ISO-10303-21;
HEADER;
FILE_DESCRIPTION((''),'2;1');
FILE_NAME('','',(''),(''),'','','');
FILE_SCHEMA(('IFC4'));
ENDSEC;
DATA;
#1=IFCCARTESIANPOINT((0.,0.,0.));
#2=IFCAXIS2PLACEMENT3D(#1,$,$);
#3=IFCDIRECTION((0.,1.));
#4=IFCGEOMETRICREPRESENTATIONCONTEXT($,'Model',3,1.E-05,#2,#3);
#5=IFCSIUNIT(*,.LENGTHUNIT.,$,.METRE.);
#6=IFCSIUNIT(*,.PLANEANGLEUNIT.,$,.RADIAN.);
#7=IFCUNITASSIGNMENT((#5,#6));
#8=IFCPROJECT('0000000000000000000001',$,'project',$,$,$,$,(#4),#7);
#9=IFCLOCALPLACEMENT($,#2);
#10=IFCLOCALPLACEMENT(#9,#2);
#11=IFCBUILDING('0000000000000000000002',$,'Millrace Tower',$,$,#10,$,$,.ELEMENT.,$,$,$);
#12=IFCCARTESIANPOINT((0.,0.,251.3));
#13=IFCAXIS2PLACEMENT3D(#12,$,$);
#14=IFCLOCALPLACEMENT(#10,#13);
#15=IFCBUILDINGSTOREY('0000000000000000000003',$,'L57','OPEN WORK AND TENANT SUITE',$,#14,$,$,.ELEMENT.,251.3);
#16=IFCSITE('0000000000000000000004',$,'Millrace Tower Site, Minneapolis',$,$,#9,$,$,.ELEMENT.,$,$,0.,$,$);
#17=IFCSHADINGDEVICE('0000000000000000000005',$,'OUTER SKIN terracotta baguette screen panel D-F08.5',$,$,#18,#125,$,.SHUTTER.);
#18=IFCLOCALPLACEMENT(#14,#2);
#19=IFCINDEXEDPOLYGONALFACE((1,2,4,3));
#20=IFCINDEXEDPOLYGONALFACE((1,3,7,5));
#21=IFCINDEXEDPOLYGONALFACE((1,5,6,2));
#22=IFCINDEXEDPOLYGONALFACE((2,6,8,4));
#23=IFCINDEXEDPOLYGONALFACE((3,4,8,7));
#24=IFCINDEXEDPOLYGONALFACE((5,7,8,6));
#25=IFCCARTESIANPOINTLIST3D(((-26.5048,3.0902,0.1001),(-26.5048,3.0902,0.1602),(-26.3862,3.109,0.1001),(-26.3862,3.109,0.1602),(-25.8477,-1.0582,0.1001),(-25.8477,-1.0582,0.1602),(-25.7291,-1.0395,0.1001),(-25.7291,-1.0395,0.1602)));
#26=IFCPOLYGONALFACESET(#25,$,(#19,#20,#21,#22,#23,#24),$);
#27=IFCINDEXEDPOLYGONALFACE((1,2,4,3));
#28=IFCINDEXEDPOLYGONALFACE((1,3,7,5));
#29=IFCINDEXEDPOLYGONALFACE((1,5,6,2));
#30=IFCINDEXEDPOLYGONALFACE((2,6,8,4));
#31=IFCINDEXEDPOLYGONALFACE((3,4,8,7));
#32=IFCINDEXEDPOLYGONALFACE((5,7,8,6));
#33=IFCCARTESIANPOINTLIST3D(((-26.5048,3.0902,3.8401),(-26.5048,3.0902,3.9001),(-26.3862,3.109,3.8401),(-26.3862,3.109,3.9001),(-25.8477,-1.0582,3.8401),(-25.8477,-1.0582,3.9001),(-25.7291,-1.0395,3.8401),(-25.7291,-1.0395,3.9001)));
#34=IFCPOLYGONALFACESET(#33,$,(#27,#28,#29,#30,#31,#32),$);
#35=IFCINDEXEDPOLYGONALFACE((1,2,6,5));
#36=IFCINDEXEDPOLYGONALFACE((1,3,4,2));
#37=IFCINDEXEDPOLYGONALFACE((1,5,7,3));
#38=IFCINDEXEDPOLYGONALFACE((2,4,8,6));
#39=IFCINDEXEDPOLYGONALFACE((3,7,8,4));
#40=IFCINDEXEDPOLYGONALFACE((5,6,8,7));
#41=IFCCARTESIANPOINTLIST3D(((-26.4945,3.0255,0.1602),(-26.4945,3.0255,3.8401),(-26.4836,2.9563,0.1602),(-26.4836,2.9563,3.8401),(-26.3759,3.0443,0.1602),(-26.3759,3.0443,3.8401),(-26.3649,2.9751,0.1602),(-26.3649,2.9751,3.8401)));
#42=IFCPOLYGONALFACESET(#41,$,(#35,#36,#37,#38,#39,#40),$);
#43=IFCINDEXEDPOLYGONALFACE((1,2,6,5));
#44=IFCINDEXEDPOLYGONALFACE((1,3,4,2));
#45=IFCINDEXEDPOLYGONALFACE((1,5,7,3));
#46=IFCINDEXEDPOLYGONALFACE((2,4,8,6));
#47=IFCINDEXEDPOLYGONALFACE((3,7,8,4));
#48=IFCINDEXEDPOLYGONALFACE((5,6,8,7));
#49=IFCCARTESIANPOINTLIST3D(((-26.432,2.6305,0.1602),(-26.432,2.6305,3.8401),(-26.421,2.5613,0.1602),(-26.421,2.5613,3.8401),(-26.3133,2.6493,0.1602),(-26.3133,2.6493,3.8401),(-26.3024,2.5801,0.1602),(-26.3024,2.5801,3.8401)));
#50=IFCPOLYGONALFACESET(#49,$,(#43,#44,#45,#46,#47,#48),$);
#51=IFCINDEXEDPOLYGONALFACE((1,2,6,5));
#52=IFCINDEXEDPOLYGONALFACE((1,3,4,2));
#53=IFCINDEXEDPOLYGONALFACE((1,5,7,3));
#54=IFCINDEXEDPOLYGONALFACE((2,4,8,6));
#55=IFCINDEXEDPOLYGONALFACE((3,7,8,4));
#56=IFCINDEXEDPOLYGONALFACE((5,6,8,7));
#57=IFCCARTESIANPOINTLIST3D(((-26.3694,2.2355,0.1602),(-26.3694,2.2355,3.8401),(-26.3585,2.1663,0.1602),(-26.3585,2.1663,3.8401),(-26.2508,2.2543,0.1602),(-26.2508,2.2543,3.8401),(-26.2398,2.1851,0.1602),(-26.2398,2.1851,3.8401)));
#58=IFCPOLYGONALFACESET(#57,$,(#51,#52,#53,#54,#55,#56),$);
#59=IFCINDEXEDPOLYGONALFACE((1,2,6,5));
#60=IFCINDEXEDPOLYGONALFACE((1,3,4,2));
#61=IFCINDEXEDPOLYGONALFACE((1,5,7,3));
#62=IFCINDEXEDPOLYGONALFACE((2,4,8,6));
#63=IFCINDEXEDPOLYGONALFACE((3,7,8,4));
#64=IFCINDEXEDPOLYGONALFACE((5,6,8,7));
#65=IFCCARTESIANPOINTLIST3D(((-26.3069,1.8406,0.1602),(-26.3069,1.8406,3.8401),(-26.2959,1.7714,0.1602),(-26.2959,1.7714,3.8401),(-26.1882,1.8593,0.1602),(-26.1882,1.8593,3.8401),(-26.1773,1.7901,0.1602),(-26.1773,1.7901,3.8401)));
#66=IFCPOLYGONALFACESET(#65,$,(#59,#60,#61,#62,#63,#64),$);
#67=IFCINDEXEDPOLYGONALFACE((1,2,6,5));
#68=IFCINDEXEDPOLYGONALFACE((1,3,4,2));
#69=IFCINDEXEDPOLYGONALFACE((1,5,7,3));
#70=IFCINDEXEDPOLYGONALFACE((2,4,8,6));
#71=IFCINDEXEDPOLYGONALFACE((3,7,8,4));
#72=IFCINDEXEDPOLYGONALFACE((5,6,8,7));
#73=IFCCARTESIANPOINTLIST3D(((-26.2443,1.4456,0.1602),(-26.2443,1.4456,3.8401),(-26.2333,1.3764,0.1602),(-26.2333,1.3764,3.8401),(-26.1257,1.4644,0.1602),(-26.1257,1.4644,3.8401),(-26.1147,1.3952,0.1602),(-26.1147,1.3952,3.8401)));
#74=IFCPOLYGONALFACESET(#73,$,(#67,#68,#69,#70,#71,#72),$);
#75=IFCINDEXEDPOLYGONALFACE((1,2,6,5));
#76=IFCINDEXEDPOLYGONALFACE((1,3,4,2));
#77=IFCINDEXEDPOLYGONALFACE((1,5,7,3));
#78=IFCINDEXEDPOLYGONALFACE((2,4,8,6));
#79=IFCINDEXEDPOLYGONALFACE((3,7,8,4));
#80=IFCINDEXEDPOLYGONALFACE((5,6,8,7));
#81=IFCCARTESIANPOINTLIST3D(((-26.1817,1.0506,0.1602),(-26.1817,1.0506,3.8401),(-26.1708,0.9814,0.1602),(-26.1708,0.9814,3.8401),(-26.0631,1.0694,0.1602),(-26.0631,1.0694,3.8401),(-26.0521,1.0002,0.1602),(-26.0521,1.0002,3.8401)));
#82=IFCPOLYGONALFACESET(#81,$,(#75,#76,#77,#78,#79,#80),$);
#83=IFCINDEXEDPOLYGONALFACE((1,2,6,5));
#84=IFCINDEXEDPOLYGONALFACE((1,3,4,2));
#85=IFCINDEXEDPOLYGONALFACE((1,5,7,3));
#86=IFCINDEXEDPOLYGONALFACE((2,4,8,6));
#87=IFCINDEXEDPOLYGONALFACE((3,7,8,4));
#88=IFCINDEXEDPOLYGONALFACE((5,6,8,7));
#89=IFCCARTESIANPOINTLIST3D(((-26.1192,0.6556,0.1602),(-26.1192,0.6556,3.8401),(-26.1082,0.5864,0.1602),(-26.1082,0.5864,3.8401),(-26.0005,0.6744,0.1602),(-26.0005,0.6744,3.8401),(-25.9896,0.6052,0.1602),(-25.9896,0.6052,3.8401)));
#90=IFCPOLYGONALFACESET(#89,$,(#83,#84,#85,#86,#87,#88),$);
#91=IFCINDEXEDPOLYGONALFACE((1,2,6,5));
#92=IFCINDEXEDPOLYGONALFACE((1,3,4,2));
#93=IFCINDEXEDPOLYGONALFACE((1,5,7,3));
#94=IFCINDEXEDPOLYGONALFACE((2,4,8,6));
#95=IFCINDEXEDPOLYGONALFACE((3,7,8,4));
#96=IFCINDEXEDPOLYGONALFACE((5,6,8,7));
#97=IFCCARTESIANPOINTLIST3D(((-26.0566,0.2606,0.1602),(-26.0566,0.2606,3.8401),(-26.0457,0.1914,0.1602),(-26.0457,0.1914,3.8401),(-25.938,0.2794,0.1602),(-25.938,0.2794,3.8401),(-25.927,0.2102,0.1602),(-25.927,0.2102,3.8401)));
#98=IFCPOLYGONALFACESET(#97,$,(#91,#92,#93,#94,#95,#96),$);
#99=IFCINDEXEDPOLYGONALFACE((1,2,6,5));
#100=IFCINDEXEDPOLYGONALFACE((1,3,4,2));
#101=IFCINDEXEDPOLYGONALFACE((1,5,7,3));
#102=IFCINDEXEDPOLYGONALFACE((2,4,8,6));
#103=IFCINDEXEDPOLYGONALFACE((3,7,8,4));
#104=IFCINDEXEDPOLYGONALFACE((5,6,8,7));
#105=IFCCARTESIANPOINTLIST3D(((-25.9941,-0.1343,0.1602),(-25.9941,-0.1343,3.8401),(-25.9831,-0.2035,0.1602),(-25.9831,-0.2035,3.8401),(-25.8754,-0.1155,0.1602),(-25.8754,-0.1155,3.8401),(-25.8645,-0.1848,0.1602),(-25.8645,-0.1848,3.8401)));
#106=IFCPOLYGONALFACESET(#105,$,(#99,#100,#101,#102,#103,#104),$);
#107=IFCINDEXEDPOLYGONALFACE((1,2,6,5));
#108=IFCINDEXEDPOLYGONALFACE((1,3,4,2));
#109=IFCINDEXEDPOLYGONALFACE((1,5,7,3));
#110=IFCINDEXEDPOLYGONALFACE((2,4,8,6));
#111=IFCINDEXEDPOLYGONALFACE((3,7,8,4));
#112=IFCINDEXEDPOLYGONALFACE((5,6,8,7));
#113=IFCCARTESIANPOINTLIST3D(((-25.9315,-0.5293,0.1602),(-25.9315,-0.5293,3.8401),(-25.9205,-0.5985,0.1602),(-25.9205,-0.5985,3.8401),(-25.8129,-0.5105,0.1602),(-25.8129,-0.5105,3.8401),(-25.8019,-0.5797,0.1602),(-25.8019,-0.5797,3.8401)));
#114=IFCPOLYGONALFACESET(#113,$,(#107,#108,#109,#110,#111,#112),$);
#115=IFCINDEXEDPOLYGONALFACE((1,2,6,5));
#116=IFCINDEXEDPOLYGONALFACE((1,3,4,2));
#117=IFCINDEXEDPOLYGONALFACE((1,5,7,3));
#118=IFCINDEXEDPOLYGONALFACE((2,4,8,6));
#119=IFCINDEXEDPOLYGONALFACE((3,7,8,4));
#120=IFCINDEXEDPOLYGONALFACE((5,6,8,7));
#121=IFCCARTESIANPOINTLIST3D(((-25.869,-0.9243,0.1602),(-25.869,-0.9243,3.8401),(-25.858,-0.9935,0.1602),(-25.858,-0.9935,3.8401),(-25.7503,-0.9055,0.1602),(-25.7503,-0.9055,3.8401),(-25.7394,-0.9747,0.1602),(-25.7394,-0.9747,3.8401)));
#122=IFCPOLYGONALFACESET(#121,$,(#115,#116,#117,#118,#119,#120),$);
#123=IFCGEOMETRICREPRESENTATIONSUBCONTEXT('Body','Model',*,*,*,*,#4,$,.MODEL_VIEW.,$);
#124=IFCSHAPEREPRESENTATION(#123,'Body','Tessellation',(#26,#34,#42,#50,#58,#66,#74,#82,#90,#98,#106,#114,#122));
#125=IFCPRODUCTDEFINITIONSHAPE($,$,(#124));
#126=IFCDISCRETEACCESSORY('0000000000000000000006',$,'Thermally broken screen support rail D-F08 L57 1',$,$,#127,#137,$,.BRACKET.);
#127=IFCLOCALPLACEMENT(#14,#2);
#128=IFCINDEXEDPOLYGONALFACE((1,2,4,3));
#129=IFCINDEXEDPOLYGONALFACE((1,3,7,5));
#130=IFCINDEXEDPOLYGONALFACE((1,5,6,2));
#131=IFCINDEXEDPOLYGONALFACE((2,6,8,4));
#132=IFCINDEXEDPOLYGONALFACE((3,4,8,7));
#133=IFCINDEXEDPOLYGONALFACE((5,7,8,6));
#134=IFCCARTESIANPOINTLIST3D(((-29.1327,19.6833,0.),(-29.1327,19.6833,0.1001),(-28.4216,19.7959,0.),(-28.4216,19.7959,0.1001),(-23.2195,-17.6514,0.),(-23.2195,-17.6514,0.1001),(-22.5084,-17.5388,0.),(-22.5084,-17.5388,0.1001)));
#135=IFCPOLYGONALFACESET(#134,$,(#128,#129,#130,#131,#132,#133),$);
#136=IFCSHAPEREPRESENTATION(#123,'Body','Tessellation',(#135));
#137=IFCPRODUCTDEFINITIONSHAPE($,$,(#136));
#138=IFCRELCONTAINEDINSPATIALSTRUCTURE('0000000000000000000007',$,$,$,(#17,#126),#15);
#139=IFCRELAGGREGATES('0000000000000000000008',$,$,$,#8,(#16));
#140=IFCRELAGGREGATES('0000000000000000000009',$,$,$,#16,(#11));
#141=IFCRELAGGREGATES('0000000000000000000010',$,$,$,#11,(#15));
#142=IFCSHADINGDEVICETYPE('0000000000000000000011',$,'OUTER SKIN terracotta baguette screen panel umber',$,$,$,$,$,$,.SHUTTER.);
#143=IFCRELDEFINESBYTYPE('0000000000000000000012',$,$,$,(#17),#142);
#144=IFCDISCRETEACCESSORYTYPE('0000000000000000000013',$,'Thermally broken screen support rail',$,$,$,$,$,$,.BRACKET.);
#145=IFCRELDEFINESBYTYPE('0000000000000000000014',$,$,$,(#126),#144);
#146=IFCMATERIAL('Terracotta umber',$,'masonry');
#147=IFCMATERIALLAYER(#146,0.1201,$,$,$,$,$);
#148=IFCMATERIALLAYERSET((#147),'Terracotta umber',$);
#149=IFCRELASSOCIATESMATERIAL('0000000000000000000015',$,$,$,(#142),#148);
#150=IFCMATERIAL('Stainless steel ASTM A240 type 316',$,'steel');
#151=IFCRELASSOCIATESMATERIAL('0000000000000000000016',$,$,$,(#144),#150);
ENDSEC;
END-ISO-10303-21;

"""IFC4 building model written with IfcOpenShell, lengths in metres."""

from ifc_helpers import new_model, entity, si_unit, direction, frame, frame_2d, origin, origin_2d, place, context, subcontext, project, spatial, rectangle, extrude, source, transform, mapped, material, layer, layer_set, type_object, element, save


model = new_model("IFC4")

# Units and contexts
model_context = context("Model", 3, precision=1e-05, world=origin(), true_north=direction((0.0, 1.0)))
body_context = subcontext(model_context, "Body", "Model", "MODEL_VIEW")
ifc_project = project(units=[si_unit("LENGTHUNIT", "METRE"), si_unit("PLANEANGLEUNIT", "RADIAN")], contexts=[model_context])

# Site, building, storey
site_placement = place(None, origin())
site = spatial("IfcSite", under=ifc_project, at=site_placement, Name="Millrace Tower Site, Minneapolis", CompositionType="ELEMENT", RefElevation=0.0)
building_placement = place(site_placement, origin())
building = spatial("IfcBuilding", under=site, at=building_placement, Name="Millrace Tower", CompositionType="ELEMENT")
storey_placement = place(building_placement, frame((0.0, 0.0, 251.3)))
storey = spatial("IfcBuildingStorey", under=building, at=storey_placement, Name="L57", Description="OPEN WORK AND TENANT SUITE", CompositionType="ELEMENT", Elevation=251.3)

# Shading device
ifc_material_1 = material(Name="Terracotta umber", Category="masonry")
ifc_layer_1 = layer(ifc_material_1, 0.1201)
ifc_layer_set_1 = layer_set([ifc_layer_1], Name="Terracotta umber")
shading_device_type = type_object("IfcShadingDeviceType", Name="OUTER SKIN terracotta baguette screen panel umber", PredefinedType="SHUTTER", material=ifc_layer_set_1)
cartesian_point = entity("IfcCartesianPoint", [-2.1001, 0.0601])
shared_polyline = entity("IfcPolyline", [cartesian_point, entity("IfcCartesianPoint", [2.1001, 0.0601]), entity("IfcCartesianPoint", [2.1001, -0.0601]), entity("IfcCartesianPoint", [-2.1001, -0.0601]), cartesian_point])
shared_shape = source(origin(), body_context, "Body", "SweptSolid", [
    entity("IfcExtrudedAreaSolid", entity("IfcArbitraryClosedProfileDef", "AREA", None, shared_polyline), entity("IfcAxis2Placement3D", entity("IfcCartesianPoint", [0.0, 0.0, 0.0])), entity("IfcDirection", [0.0, 0.0, 1.0]), 0.0601),
    entity("IfcExtrudedAreaSolid", entity("IfcArbitraryClosedProfileDef", "AREA", None, shared_polyline), entity("IfcAxis2Placement3D", entity("IfcCartesianPoint", [0.0, 0.0, 3.74])), entity("IfcDirection", [0.0, 0.0, 1.0]), 0.0601),
    extrude(rectangle(XDim=0.0701, YDim=0.1201, at=frame_2d((-1.9995, 0.0))), frame((0.0, 0.0, 0.0601)), (0.0, 0.0, 1.0), 3.6799),
    extrude(rectangle(XDim=0.0701, YDim=0.1201, at=frame_2d((-1.5996, 0.0))), frame((0.0, 0.0, 0.0601)), (0.0, 0.0, 1.0), 3.6799),
    extrude(rectangle(XDim=0.0701, YDim=0.1201, at=frame_2d((-1.1997, 0.0))), frame((0.0, 0.0, 0.0601)), (0.0, 0.0, 1.0), 3.6799),
    extrude(rectangle(XDim=0.0701, YDim=0.1201, at=frame_2d((-0.7998, 0.0))), frame((0.0, 0.0, 0.0601)), (0.0, 0.0, 1.0), 3.6799),
    extrude(rectangle(XDim=0.0701, YDim=0.1201, at=frame_2d((-0.3999, 0.0))), frame((0.0, 0.0, 0.0601)), (0.0, 0.0, 1.0), 3.6799),
    extrude(rectangle(XDim=0.0701, YDim=0.1201, at=origin_2d()), frame((0.0, 0.0, 0.0601)), (0.0, 0.0, 1.0), 3.6799),
    extrude(rectangle(XDim=0.0701, YDim=0.1201, at=frame_2d((0.3999, 0.0))), frame((0.0, 0.0, 0.0601)), (0.0, 0.0, 1.0), 3.6799),
    extrude(rectangle(XDim=0.0701, YDim=0.1201, at=frame_2d((0.7998, 0.0))), frame((0.0, 0.0, 0.0601)), (0.0, 0.0, 1.0), 3.6799),
    extrude(rectangle(XDim=0.0701, YDim=0.1201, at=frame_2d((1.1997, 0.0))), frame((0.0, 0.0, 0.0601)), (0.0, 0.0, 1.0), 3.6799),
    extrude(rectangle(XDim=0.0701, YDim=0.1201, at=frame_2d((1.5996, 0.0))), frame((0.0, 0.0, 0.0601)), (0.0, 0.0, 1.0), 3.6799),
    extrude(rectangle(XDim=0.0701, YDim=0.1201, at=frame_2d((1.9995, 0.0))), frame((0.0, 0.0, 0.0601)), (0.0, 0.0, 1.0), 3.6799),
])
for number, where, z_axis, x_axis, name in (
    (1, (-26.1169, 1.0254, 0.1001), (0.0, 0.0, 1.0), (0.156434, -0.987688, 0.0), "OUTER SKIN terracotta baguette screen panel D-F08.5"),
):
    element("IfcShadingDevice", number, at=place(storey_placement, frame(where, z_axis=z_axis, x_axis=x_axis)), inside=storey, type_object=shading_device_type, Name=name, PredefinedType="SHUTTER", context=body_context, shape_type="MappedRepresentation", body=[
        mapped(shared_shape, transform((0.0, 0.0, 0.0), scale=1.0)),
    ])

# Discrete accessory
ifc_material_2 = material(Name="Stainless steel ASTM A240 type 316", Category="steel")
discrete_accessory_type = type_object("IfcDiscreteAccessoryType", Name="Thermally broken screen support rail", PredefinedType="BRACKET", material=ifc_material_2)
discrete_accessory_placement = place(storey_placement, frame((-25.8206, 1.0723, 0.0), z_axis=(0.0, 0.0, 1.0), x_axis=(0.156434, -0.987688, 0.0)))
element("IfcDiscreteAccessory", 2, at=discrete_accessory_placement, inside=storey, type_object=discrete_accessory_type, Name="Thermally broken screen support rail D-F08 L57 1", PredefinedType="BRACKET", context=body_context, shape_type="SweptSolid", body=[
    extrude(rectangle(XDim=37.8, YDim=0.72, at=origin_2d()), origin(), (0.0, 0.0, 1.0), 0.1001),
])

save(model, "model.ifc")
